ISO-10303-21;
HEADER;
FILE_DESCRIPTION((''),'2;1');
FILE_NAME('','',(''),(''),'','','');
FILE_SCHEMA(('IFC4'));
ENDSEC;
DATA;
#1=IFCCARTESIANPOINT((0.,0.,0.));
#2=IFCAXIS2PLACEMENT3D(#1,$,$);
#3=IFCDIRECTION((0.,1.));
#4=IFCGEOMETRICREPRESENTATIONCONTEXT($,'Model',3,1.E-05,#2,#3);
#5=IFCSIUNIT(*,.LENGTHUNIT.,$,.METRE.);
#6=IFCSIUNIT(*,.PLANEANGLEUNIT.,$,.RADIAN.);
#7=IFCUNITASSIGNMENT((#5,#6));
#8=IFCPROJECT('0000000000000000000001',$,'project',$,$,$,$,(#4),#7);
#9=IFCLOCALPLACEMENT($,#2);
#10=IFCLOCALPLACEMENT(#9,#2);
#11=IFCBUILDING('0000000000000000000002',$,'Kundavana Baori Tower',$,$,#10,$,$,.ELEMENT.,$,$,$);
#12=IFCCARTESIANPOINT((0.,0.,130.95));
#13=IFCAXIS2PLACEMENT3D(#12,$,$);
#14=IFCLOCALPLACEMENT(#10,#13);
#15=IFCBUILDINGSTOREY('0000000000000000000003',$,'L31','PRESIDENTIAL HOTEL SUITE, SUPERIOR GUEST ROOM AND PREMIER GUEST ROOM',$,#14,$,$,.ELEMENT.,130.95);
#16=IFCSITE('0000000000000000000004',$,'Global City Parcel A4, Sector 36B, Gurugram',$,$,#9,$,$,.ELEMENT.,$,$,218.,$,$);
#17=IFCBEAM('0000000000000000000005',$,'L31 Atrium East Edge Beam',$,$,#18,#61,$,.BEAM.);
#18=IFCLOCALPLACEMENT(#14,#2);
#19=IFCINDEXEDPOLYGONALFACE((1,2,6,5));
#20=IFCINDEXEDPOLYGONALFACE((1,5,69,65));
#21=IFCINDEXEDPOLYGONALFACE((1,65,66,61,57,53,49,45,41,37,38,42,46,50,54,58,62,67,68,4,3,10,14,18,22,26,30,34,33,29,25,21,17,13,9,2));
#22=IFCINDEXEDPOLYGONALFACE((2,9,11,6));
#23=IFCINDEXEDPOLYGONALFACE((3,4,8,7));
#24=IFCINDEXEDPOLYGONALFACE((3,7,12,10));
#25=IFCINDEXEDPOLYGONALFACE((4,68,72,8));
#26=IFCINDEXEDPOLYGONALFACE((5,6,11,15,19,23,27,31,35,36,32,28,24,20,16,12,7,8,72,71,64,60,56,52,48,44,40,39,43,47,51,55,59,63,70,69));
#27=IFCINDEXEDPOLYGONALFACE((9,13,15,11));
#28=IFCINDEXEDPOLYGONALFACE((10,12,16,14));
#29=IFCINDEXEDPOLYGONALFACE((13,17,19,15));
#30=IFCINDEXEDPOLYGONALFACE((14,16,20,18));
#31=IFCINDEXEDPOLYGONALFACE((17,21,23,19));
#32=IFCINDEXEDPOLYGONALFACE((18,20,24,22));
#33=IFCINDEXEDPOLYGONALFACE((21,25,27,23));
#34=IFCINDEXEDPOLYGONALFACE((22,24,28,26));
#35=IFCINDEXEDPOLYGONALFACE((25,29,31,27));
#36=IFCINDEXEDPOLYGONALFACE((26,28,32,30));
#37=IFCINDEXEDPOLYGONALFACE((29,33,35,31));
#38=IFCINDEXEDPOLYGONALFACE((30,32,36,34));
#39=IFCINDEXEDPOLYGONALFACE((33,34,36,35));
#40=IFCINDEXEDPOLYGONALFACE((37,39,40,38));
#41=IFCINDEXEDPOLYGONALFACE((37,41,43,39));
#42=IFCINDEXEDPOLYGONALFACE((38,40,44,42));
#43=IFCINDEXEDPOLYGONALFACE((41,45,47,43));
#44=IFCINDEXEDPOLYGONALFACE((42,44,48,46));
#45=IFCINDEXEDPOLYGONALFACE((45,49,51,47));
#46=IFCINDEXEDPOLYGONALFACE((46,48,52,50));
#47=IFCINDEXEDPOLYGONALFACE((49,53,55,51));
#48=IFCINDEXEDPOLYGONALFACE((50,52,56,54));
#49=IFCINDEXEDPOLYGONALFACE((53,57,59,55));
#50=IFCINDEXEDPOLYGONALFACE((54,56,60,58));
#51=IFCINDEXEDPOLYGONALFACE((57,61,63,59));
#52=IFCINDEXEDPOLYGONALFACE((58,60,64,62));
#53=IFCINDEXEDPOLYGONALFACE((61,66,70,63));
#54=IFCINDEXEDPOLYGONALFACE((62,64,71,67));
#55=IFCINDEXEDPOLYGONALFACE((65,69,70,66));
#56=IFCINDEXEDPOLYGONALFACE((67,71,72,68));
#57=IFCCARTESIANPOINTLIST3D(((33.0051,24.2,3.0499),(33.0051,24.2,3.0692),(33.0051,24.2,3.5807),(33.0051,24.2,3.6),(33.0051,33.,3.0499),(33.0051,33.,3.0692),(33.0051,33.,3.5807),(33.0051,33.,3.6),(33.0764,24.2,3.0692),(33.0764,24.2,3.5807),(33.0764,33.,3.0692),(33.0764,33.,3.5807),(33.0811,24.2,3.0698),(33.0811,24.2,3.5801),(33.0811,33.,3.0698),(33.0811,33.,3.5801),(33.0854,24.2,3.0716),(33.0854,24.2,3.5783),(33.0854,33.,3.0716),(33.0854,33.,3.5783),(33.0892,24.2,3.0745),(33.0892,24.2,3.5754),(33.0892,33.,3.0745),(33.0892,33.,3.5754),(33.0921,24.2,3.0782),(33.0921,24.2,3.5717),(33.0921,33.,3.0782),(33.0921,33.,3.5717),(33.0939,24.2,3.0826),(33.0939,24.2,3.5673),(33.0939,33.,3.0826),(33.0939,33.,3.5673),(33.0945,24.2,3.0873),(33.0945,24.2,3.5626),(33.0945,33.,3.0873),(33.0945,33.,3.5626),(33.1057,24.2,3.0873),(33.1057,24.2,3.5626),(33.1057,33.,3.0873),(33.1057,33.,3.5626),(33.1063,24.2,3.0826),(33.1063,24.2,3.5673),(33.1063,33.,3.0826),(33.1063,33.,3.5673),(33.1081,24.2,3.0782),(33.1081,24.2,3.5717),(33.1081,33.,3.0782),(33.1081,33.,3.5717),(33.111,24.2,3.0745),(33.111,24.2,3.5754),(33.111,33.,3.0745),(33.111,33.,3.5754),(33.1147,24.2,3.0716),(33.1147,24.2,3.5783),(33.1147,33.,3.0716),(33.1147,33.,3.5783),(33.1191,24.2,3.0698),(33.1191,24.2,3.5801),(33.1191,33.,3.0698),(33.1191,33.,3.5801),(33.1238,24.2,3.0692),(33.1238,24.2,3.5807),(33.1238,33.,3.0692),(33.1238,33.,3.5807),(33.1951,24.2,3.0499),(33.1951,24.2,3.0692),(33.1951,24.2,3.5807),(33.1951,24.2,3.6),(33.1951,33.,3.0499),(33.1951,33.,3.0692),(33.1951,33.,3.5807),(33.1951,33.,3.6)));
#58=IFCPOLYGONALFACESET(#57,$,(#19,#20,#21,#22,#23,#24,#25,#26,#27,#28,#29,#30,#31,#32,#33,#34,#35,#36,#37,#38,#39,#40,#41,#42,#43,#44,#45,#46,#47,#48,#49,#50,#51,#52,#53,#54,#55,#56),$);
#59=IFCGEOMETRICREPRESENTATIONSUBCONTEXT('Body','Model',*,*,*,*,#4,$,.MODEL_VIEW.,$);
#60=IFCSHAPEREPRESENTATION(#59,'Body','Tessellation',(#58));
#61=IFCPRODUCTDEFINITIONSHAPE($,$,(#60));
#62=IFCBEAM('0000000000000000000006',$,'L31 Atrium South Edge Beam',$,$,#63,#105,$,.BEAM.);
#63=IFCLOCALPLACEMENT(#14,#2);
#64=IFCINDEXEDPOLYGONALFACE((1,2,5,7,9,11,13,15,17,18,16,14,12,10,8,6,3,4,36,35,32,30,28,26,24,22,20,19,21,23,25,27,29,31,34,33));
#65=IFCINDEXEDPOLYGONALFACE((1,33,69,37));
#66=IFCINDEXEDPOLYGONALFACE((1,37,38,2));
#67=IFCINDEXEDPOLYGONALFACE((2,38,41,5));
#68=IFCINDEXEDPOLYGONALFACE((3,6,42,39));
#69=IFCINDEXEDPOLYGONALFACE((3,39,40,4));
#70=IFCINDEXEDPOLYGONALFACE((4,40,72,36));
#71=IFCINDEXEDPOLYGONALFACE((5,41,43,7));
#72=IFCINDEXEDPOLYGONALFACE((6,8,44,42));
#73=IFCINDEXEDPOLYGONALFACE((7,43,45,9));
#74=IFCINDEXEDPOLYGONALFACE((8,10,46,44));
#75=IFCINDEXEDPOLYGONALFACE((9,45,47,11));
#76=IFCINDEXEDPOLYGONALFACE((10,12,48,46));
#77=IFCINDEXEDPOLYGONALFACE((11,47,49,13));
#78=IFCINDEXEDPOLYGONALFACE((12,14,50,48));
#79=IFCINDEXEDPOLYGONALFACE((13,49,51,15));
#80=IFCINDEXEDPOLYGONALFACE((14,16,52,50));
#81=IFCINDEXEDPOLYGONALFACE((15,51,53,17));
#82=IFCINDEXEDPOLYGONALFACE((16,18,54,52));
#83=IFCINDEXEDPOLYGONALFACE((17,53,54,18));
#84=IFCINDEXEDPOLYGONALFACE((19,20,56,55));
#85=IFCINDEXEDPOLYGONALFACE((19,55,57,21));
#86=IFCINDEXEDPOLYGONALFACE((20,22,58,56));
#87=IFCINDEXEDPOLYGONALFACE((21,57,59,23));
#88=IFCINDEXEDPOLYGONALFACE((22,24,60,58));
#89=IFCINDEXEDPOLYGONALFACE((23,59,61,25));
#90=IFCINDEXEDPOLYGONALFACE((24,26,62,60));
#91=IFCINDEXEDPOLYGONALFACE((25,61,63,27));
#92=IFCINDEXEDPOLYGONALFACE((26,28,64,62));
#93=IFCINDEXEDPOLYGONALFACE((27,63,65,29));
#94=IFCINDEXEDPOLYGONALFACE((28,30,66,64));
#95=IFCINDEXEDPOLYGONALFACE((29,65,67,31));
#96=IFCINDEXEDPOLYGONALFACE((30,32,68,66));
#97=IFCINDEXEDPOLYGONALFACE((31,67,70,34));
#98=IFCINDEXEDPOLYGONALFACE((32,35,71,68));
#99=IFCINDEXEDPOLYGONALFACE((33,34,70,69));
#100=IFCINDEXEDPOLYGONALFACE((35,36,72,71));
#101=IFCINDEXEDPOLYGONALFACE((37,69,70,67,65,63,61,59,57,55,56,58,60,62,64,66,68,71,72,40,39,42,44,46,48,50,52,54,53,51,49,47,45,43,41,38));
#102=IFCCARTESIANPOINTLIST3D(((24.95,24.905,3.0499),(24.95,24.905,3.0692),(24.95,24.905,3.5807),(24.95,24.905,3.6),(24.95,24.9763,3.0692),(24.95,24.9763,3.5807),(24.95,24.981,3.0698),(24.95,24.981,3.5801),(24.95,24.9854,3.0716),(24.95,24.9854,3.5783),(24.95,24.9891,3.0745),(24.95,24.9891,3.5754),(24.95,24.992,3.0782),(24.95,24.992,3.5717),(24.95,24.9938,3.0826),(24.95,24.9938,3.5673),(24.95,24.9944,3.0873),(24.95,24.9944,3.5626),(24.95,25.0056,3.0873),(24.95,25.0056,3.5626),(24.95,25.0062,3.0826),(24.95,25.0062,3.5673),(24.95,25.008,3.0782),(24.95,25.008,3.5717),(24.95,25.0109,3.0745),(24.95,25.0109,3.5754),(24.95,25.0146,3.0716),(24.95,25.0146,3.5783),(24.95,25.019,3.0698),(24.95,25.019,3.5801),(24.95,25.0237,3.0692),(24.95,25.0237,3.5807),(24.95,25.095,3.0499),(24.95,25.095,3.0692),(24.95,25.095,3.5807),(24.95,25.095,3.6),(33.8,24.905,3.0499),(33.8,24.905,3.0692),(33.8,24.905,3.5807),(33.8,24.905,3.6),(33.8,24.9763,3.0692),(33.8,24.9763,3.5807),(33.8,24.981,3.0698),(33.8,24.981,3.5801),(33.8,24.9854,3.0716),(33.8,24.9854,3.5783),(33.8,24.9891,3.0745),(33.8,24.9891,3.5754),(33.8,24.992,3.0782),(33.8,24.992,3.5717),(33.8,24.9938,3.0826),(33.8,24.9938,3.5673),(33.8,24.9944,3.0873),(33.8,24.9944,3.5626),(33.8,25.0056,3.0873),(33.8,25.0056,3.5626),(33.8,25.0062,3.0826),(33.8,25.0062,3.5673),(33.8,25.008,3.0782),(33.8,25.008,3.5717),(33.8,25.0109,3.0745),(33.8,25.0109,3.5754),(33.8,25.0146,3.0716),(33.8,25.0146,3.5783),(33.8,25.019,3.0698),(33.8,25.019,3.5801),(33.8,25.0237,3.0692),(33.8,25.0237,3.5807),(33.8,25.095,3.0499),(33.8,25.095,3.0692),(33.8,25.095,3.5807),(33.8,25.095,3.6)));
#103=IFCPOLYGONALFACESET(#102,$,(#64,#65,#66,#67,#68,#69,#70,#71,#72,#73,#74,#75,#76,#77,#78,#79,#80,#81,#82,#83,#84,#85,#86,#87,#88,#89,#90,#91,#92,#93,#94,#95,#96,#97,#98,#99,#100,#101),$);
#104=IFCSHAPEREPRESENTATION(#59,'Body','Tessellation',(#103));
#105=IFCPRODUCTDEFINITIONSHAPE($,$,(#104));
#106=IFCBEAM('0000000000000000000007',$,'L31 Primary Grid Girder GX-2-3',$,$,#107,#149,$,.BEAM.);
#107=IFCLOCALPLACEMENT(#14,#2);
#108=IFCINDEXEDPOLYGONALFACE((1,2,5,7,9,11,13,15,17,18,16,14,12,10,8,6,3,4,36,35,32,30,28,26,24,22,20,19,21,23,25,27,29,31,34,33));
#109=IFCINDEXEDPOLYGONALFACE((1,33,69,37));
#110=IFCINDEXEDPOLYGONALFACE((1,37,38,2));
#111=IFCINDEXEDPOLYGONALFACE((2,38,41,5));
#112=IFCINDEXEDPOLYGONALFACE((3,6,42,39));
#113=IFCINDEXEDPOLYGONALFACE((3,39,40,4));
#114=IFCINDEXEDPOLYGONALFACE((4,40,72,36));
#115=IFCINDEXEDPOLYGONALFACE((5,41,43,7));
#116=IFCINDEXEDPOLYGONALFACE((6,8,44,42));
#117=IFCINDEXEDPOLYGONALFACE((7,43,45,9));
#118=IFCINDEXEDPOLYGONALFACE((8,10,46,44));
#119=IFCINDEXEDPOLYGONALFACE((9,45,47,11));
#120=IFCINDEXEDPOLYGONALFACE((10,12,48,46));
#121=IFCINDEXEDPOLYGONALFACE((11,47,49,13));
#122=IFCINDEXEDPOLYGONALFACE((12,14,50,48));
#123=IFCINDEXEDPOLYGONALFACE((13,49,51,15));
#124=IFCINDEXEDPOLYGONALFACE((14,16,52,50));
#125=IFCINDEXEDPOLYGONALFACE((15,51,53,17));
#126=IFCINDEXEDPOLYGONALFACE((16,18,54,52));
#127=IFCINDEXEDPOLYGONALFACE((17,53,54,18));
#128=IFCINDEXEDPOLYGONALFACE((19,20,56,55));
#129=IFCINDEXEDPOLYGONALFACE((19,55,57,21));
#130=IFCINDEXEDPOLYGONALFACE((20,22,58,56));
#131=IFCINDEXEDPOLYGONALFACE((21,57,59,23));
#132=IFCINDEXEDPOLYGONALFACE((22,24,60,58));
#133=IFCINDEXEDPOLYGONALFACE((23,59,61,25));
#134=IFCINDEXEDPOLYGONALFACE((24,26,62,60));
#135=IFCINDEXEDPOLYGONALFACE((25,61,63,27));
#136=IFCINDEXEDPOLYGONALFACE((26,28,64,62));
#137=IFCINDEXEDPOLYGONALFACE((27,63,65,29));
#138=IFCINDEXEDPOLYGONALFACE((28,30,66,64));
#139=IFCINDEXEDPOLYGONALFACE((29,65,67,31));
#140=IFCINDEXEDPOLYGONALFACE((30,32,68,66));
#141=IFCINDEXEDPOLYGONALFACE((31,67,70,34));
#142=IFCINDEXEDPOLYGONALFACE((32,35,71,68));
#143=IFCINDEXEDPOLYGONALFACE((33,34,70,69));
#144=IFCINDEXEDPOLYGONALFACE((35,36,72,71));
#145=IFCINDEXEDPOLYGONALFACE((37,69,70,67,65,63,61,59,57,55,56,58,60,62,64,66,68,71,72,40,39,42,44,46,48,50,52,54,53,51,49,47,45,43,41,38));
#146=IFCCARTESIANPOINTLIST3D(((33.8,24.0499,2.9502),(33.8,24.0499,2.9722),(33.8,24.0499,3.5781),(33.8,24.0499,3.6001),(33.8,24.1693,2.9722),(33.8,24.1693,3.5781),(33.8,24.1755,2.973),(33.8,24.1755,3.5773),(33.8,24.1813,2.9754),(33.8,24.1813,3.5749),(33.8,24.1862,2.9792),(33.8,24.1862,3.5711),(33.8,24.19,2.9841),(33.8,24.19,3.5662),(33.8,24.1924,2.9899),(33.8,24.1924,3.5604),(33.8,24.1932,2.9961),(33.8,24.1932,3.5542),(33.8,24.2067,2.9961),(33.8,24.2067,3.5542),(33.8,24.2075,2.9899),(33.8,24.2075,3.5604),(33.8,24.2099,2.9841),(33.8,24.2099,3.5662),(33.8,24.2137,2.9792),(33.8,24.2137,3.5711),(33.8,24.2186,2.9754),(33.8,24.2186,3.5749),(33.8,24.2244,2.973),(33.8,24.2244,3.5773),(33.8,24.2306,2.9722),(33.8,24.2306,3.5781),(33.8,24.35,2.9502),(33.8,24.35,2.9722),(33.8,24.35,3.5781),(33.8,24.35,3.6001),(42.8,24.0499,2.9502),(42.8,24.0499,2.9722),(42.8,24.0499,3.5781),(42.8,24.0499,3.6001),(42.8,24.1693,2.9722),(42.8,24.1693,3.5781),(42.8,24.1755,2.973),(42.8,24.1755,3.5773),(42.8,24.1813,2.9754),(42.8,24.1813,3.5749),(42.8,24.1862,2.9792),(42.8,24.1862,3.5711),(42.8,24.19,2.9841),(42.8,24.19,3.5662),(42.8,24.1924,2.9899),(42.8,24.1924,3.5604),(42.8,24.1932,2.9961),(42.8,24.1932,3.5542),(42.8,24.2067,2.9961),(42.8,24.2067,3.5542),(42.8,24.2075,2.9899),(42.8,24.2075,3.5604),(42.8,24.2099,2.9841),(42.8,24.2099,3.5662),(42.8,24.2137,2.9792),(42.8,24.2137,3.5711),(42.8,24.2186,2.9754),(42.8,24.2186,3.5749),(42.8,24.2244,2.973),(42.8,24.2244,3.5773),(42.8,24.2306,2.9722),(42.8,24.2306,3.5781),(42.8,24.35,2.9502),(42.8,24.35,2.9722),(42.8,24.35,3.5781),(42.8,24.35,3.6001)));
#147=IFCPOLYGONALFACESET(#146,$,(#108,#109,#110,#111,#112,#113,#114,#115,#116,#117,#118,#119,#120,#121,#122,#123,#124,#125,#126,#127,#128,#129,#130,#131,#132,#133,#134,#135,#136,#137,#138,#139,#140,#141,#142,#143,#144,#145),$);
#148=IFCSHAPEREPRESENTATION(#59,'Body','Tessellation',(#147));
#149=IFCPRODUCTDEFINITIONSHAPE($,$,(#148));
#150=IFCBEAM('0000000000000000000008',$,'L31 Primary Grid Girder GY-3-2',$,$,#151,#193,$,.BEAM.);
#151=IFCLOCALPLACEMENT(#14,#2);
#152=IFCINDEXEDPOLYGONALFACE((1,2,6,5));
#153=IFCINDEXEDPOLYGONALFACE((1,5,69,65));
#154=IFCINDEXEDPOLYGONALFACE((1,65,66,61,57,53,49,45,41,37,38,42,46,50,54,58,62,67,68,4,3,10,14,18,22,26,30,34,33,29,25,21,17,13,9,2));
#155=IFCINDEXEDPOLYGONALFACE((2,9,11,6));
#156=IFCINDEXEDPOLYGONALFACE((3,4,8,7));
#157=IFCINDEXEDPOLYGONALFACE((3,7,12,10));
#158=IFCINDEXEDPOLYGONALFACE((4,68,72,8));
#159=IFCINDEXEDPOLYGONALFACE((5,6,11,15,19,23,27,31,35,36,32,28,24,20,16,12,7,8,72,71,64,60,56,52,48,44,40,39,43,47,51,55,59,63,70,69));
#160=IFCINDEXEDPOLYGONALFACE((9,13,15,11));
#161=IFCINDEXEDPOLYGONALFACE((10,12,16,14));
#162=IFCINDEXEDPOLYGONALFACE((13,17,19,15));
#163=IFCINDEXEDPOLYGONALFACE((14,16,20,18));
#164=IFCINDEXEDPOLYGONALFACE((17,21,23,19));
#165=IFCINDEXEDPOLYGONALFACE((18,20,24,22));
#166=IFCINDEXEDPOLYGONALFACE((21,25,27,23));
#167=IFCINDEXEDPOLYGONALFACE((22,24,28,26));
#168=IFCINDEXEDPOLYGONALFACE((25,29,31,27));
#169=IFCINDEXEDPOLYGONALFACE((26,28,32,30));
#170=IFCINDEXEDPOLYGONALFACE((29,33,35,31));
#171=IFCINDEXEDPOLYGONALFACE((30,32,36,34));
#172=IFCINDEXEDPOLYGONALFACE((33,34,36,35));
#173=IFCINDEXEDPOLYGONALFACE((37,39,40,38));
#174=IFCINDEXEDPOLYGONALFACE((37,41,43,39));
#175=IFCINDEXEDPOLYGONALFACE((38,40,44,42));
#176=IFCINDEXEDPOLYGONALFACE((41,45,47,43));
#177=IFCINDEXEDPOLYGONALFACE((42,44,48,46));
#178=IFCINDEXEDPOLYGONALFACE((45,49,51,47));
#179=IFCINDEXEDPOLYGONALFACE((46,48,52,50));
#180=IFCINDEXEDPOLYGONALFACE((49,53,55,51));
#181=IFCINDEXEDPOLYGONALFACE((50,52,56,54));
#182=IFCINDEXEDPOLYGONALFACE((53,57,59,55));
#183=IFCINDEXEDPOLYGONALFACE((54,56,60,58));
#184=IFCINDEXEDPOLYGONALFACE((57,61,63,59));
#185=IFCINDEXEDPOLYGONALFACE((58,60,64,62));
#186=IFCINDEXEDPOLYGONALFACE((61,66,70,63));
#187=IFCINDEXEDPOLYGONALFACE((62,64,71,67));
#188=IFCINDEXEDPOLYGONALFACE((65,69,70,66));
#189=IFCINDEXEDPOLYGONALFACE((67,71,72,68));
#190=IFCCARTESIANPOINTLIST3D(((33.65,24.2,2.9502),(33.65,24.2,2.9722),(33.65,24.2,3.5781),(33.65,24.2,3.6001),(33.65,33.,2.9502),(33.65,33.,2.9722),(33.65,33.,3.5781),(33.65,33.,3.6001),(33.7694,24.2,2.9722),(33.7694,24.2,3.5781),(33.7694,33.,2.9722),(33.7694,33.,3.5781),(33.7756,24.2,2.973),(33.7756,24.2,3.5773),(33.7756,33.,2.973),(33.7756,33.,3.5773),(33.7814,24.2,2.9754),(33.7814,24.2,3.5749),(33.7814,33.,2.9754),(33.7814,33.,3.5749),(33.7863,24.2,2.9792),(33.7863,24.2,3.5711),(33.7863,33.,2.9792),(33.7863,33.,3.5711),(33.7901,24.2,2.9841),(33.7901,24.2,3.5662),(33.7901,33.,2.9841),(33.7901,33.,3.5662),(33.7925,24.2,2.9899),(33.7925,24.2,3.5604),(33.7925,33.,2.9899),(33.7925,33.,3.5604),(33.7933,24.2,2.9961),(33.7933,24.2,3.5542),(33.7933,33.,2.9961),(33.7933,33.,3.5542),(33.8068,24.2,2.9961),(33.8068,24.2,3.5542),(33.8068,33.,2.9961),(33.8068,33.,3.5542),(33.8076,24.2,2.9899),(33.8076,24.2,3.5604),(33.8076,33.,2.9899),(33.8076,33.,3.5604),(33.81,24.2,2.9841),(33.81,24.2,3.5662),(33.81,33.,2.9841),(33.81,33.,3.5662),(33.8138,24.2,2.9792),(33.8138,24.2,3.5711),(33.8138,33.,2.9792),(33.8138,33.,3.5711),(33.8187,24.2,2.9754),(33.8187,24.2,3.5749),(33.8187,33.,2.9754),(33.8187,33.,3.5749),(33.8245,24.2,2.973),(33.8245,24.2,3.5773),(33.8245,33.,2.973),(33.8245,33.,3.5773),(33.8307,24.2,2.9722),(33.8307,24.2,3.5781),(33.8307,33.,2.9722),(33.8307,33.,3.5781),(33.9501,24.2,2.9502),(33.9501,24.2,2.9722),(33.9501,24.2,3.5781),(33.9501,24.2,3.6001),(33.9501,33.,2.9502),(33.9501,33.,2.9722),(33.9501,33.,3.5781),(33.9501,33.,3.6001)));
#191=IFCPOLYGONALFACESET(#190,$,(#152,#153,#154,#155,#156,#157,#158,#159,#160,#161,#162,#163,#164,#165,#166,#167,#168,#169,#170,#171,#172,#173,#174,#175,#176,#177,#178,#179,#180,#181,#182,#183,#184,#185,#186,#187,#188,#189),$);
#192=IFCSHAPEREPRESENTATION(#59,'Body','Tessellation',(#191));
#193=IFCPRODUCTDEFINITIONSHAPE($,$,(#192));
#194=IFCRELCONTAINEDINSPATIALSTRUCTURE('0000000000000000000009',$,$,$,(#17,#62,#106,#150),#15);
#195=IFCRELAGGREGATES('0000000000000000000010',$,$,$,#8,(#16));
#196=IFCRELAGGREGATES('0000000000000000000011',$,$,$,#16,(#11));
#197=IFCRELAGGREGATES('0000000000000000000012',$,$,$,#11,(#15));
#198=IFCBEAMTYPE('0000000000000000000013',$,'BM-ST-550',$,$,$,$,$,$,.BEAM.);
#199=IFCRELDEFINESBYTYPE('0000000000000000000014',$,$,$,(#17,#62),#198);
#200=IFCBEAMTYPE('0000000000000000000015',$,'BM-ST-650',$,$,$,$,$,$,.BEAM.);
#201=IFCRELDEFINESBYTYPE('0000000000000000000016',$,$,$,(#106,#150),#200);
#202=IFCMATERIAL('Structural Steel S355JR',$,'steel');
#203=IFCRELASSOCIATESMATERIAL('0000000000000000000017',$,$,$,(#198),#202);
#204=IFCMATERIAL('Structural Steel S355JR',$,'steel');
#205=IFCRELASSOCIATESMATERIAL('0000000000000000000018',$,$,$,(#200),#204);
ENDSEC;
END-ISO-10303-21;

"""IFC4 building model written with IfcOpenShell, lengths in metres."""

from ifc_helpers import new_model, si_unit, direction, frame, origin, origin_2d, place, context, subcontext, project, spatial, i_section, extrude, material, material_profile, profile_set, type_object, element, save


model = new_model("IFC4")

# Units and contexts
model_context = context("Model", 3, precision=1e-05, world=origin(), true_north=direction((0.0, 1.0)))
body_context = subcontext(model_context, "Body", "Model", "MODEL_VIEW")
ifc_project = project(units=[si_unit("LENGTHUNIT", "METRE"), si_unit("PLANEANGLEUNIT", "RADIAN")], contexts=[model_context])

# Site, building, storey
site_placement = place(None, origin())
site = spatial("IfcSite", under=ifc_project, at=site_placement, Name="Global City Parcel A4, Sector 36B, Gurugram", CompositionType="ELEMENT", RefElevation=218.0)
building_placement = place(site_placement, origin())
building = spatial("IfcBuilding", under=site, at=building_placement, Name="Kundavana Baori Tower", CompositionType="ELEMENT")
storey_placement = place(building_placement, frame((0.0, 0.0, 130.95)))
storey = spatial("IfcBuildingStorey", under=building, at=storey_placement, Name="L31", Description="PRESIDENTIAL HOTEL SUITE, SUPERIOR GUEST ROOM AND PREMIER GUEST ROOM", CompositionType="ELEMENT", Elevation=130.95)

# Beams
ifc_material_1 = material(Name="Structural Steel S355JR", Category="steel")
ifc_material_profile_1 = material_profile(ifc_material_1, i_section(OverallWidth=0.1899, OverallDepth=0.55, WebThickness=0.0112, FlangeThickness=0.0193, FilletRadius=0.0181, at=origin_2d()), Name="ISMB 550")
ifc_profile_set_1 = profile_set([ifc_material_profile_1], Name="Structural Steel S355JR")
beam_type_1 = type_object("IfcBeamType", Name="BM-ST-550", PredefinedType="BEAM", material=ifc_profile_set_1)
for number, where, z_axis, x_axis, name in (
    (1, (33.1001, 24.2, 3.325), (0.0, 1.0, 0.0), (-1.0, 0.0, 0.0), "L31 Atrium East Edge Beam"),
):
    element("IfcBeam", number, at=place(storey_placement, frame(where, z_axis=z_axis, x_axis=x_axis)), inside=storey, type_object=beam_type_1, Name=name, PredefinedType="BEAM", context=body_context, shape_type="SweptSolid", body=[
        extrude(i_section(OverallWidth=0.1899, OverallDepth=0.55, WebThickness=0.0112, FlangeThickness=0.0193, FilletRadius=0.0181, at=origin_2d()), origin(), (0.0, 0.0, 1.0), 8.8),
    ])
beam_1_placement = place(storey_placement, frame((24.95, 25.0, 3.325), z_axis=(1.0, 0.0, 0.0), x_axis=(0.0, 1.0, 0.0)))
element("IfcBeam", 2, at=beam_1_placement, inside=storey, type_object=beam_type_1, Name="L31 Atrium South Edge Beam", PredefinedType="BEAM", context=body_context, shape_type="SweptSolid", body=[
    extrude(i_section(OverallWidth=0.1899, OverallDepth=0.55, WebThickness=0.0112, FlangeThickness=0.0193, FilletRadius=0.0181, at=origin_2d()), origin(), (0.0, 0.0, 1.0), 8.8501),
])
ifc_material_2 = material(Name="Structural Steel S355JR", Category="steel")
ifc_material_profile_2 = material_profile(ifc_material_2, i_section(OverallWidth=0.3, OverallDepth=0.6499, WebThickness=0.0134, FlangeThickness=0.022, FilletRadius=0.0239, at=origin_2d()), Name="NPB 650x300x155")
ifc_profile_set_2 = profile_set([ifc_material_profile_2], Name="Structural Steel S355JR")
beam_type_2 = type_object("IfcBeamType", Name="BM-ST-650", PredefinedType="BEAM", material=ifc_profile_set_2)
beam_2_placement = place(storey_placement, frame((33.8, 24.2, 3.2751), z_axis=(1.0, 0.0, 0.0), x_axis=(0.0, 1.0, 0.0)))
element("IfcBeam", 3, at=beam_2_placement, inside=storey, type_object=beam_type_2, Name="L31 Primary Grid Girder GX-2-3", PredefinedType="BEAM", context=body_context, shape_type="SweptSolid", body=[
    extrude(i_section(OverallWidth=0.3, OverallDepth=0.6499, WebThickness=0.0134, FlangeThickness=0.022, FilletRadius=0.0239, at=origin_2d()), origin(), (0.0, 0.0, 1.0), 9.0),
])
beam_3_placement = place(storey_placement, frame((33.8, 24.2, 3.2751), z_axis=(0.0, 1.0, 0.0), x_axis=(-1.0, 0.0, 0.0)))
element("IfcBeam", 4, at=beam_3_placement, inside=storey, type_object=beam_type_2, Name="L31 Primary Grid Girder GY-3-2", PredefinedType="BEAM", context=body_context, shape_type="SweptSolid", body=[
    extrude(i_section(OverallWidth=0.3, OverallDepth=0.6499, WebThickness=0.0134, FlangeThickness=0.022, FilletRadius=0.0239, at=origin_2d()), origin(), (0.0, 0.0, 1.0), 8.8),
])

save(model, "model.ifc")
